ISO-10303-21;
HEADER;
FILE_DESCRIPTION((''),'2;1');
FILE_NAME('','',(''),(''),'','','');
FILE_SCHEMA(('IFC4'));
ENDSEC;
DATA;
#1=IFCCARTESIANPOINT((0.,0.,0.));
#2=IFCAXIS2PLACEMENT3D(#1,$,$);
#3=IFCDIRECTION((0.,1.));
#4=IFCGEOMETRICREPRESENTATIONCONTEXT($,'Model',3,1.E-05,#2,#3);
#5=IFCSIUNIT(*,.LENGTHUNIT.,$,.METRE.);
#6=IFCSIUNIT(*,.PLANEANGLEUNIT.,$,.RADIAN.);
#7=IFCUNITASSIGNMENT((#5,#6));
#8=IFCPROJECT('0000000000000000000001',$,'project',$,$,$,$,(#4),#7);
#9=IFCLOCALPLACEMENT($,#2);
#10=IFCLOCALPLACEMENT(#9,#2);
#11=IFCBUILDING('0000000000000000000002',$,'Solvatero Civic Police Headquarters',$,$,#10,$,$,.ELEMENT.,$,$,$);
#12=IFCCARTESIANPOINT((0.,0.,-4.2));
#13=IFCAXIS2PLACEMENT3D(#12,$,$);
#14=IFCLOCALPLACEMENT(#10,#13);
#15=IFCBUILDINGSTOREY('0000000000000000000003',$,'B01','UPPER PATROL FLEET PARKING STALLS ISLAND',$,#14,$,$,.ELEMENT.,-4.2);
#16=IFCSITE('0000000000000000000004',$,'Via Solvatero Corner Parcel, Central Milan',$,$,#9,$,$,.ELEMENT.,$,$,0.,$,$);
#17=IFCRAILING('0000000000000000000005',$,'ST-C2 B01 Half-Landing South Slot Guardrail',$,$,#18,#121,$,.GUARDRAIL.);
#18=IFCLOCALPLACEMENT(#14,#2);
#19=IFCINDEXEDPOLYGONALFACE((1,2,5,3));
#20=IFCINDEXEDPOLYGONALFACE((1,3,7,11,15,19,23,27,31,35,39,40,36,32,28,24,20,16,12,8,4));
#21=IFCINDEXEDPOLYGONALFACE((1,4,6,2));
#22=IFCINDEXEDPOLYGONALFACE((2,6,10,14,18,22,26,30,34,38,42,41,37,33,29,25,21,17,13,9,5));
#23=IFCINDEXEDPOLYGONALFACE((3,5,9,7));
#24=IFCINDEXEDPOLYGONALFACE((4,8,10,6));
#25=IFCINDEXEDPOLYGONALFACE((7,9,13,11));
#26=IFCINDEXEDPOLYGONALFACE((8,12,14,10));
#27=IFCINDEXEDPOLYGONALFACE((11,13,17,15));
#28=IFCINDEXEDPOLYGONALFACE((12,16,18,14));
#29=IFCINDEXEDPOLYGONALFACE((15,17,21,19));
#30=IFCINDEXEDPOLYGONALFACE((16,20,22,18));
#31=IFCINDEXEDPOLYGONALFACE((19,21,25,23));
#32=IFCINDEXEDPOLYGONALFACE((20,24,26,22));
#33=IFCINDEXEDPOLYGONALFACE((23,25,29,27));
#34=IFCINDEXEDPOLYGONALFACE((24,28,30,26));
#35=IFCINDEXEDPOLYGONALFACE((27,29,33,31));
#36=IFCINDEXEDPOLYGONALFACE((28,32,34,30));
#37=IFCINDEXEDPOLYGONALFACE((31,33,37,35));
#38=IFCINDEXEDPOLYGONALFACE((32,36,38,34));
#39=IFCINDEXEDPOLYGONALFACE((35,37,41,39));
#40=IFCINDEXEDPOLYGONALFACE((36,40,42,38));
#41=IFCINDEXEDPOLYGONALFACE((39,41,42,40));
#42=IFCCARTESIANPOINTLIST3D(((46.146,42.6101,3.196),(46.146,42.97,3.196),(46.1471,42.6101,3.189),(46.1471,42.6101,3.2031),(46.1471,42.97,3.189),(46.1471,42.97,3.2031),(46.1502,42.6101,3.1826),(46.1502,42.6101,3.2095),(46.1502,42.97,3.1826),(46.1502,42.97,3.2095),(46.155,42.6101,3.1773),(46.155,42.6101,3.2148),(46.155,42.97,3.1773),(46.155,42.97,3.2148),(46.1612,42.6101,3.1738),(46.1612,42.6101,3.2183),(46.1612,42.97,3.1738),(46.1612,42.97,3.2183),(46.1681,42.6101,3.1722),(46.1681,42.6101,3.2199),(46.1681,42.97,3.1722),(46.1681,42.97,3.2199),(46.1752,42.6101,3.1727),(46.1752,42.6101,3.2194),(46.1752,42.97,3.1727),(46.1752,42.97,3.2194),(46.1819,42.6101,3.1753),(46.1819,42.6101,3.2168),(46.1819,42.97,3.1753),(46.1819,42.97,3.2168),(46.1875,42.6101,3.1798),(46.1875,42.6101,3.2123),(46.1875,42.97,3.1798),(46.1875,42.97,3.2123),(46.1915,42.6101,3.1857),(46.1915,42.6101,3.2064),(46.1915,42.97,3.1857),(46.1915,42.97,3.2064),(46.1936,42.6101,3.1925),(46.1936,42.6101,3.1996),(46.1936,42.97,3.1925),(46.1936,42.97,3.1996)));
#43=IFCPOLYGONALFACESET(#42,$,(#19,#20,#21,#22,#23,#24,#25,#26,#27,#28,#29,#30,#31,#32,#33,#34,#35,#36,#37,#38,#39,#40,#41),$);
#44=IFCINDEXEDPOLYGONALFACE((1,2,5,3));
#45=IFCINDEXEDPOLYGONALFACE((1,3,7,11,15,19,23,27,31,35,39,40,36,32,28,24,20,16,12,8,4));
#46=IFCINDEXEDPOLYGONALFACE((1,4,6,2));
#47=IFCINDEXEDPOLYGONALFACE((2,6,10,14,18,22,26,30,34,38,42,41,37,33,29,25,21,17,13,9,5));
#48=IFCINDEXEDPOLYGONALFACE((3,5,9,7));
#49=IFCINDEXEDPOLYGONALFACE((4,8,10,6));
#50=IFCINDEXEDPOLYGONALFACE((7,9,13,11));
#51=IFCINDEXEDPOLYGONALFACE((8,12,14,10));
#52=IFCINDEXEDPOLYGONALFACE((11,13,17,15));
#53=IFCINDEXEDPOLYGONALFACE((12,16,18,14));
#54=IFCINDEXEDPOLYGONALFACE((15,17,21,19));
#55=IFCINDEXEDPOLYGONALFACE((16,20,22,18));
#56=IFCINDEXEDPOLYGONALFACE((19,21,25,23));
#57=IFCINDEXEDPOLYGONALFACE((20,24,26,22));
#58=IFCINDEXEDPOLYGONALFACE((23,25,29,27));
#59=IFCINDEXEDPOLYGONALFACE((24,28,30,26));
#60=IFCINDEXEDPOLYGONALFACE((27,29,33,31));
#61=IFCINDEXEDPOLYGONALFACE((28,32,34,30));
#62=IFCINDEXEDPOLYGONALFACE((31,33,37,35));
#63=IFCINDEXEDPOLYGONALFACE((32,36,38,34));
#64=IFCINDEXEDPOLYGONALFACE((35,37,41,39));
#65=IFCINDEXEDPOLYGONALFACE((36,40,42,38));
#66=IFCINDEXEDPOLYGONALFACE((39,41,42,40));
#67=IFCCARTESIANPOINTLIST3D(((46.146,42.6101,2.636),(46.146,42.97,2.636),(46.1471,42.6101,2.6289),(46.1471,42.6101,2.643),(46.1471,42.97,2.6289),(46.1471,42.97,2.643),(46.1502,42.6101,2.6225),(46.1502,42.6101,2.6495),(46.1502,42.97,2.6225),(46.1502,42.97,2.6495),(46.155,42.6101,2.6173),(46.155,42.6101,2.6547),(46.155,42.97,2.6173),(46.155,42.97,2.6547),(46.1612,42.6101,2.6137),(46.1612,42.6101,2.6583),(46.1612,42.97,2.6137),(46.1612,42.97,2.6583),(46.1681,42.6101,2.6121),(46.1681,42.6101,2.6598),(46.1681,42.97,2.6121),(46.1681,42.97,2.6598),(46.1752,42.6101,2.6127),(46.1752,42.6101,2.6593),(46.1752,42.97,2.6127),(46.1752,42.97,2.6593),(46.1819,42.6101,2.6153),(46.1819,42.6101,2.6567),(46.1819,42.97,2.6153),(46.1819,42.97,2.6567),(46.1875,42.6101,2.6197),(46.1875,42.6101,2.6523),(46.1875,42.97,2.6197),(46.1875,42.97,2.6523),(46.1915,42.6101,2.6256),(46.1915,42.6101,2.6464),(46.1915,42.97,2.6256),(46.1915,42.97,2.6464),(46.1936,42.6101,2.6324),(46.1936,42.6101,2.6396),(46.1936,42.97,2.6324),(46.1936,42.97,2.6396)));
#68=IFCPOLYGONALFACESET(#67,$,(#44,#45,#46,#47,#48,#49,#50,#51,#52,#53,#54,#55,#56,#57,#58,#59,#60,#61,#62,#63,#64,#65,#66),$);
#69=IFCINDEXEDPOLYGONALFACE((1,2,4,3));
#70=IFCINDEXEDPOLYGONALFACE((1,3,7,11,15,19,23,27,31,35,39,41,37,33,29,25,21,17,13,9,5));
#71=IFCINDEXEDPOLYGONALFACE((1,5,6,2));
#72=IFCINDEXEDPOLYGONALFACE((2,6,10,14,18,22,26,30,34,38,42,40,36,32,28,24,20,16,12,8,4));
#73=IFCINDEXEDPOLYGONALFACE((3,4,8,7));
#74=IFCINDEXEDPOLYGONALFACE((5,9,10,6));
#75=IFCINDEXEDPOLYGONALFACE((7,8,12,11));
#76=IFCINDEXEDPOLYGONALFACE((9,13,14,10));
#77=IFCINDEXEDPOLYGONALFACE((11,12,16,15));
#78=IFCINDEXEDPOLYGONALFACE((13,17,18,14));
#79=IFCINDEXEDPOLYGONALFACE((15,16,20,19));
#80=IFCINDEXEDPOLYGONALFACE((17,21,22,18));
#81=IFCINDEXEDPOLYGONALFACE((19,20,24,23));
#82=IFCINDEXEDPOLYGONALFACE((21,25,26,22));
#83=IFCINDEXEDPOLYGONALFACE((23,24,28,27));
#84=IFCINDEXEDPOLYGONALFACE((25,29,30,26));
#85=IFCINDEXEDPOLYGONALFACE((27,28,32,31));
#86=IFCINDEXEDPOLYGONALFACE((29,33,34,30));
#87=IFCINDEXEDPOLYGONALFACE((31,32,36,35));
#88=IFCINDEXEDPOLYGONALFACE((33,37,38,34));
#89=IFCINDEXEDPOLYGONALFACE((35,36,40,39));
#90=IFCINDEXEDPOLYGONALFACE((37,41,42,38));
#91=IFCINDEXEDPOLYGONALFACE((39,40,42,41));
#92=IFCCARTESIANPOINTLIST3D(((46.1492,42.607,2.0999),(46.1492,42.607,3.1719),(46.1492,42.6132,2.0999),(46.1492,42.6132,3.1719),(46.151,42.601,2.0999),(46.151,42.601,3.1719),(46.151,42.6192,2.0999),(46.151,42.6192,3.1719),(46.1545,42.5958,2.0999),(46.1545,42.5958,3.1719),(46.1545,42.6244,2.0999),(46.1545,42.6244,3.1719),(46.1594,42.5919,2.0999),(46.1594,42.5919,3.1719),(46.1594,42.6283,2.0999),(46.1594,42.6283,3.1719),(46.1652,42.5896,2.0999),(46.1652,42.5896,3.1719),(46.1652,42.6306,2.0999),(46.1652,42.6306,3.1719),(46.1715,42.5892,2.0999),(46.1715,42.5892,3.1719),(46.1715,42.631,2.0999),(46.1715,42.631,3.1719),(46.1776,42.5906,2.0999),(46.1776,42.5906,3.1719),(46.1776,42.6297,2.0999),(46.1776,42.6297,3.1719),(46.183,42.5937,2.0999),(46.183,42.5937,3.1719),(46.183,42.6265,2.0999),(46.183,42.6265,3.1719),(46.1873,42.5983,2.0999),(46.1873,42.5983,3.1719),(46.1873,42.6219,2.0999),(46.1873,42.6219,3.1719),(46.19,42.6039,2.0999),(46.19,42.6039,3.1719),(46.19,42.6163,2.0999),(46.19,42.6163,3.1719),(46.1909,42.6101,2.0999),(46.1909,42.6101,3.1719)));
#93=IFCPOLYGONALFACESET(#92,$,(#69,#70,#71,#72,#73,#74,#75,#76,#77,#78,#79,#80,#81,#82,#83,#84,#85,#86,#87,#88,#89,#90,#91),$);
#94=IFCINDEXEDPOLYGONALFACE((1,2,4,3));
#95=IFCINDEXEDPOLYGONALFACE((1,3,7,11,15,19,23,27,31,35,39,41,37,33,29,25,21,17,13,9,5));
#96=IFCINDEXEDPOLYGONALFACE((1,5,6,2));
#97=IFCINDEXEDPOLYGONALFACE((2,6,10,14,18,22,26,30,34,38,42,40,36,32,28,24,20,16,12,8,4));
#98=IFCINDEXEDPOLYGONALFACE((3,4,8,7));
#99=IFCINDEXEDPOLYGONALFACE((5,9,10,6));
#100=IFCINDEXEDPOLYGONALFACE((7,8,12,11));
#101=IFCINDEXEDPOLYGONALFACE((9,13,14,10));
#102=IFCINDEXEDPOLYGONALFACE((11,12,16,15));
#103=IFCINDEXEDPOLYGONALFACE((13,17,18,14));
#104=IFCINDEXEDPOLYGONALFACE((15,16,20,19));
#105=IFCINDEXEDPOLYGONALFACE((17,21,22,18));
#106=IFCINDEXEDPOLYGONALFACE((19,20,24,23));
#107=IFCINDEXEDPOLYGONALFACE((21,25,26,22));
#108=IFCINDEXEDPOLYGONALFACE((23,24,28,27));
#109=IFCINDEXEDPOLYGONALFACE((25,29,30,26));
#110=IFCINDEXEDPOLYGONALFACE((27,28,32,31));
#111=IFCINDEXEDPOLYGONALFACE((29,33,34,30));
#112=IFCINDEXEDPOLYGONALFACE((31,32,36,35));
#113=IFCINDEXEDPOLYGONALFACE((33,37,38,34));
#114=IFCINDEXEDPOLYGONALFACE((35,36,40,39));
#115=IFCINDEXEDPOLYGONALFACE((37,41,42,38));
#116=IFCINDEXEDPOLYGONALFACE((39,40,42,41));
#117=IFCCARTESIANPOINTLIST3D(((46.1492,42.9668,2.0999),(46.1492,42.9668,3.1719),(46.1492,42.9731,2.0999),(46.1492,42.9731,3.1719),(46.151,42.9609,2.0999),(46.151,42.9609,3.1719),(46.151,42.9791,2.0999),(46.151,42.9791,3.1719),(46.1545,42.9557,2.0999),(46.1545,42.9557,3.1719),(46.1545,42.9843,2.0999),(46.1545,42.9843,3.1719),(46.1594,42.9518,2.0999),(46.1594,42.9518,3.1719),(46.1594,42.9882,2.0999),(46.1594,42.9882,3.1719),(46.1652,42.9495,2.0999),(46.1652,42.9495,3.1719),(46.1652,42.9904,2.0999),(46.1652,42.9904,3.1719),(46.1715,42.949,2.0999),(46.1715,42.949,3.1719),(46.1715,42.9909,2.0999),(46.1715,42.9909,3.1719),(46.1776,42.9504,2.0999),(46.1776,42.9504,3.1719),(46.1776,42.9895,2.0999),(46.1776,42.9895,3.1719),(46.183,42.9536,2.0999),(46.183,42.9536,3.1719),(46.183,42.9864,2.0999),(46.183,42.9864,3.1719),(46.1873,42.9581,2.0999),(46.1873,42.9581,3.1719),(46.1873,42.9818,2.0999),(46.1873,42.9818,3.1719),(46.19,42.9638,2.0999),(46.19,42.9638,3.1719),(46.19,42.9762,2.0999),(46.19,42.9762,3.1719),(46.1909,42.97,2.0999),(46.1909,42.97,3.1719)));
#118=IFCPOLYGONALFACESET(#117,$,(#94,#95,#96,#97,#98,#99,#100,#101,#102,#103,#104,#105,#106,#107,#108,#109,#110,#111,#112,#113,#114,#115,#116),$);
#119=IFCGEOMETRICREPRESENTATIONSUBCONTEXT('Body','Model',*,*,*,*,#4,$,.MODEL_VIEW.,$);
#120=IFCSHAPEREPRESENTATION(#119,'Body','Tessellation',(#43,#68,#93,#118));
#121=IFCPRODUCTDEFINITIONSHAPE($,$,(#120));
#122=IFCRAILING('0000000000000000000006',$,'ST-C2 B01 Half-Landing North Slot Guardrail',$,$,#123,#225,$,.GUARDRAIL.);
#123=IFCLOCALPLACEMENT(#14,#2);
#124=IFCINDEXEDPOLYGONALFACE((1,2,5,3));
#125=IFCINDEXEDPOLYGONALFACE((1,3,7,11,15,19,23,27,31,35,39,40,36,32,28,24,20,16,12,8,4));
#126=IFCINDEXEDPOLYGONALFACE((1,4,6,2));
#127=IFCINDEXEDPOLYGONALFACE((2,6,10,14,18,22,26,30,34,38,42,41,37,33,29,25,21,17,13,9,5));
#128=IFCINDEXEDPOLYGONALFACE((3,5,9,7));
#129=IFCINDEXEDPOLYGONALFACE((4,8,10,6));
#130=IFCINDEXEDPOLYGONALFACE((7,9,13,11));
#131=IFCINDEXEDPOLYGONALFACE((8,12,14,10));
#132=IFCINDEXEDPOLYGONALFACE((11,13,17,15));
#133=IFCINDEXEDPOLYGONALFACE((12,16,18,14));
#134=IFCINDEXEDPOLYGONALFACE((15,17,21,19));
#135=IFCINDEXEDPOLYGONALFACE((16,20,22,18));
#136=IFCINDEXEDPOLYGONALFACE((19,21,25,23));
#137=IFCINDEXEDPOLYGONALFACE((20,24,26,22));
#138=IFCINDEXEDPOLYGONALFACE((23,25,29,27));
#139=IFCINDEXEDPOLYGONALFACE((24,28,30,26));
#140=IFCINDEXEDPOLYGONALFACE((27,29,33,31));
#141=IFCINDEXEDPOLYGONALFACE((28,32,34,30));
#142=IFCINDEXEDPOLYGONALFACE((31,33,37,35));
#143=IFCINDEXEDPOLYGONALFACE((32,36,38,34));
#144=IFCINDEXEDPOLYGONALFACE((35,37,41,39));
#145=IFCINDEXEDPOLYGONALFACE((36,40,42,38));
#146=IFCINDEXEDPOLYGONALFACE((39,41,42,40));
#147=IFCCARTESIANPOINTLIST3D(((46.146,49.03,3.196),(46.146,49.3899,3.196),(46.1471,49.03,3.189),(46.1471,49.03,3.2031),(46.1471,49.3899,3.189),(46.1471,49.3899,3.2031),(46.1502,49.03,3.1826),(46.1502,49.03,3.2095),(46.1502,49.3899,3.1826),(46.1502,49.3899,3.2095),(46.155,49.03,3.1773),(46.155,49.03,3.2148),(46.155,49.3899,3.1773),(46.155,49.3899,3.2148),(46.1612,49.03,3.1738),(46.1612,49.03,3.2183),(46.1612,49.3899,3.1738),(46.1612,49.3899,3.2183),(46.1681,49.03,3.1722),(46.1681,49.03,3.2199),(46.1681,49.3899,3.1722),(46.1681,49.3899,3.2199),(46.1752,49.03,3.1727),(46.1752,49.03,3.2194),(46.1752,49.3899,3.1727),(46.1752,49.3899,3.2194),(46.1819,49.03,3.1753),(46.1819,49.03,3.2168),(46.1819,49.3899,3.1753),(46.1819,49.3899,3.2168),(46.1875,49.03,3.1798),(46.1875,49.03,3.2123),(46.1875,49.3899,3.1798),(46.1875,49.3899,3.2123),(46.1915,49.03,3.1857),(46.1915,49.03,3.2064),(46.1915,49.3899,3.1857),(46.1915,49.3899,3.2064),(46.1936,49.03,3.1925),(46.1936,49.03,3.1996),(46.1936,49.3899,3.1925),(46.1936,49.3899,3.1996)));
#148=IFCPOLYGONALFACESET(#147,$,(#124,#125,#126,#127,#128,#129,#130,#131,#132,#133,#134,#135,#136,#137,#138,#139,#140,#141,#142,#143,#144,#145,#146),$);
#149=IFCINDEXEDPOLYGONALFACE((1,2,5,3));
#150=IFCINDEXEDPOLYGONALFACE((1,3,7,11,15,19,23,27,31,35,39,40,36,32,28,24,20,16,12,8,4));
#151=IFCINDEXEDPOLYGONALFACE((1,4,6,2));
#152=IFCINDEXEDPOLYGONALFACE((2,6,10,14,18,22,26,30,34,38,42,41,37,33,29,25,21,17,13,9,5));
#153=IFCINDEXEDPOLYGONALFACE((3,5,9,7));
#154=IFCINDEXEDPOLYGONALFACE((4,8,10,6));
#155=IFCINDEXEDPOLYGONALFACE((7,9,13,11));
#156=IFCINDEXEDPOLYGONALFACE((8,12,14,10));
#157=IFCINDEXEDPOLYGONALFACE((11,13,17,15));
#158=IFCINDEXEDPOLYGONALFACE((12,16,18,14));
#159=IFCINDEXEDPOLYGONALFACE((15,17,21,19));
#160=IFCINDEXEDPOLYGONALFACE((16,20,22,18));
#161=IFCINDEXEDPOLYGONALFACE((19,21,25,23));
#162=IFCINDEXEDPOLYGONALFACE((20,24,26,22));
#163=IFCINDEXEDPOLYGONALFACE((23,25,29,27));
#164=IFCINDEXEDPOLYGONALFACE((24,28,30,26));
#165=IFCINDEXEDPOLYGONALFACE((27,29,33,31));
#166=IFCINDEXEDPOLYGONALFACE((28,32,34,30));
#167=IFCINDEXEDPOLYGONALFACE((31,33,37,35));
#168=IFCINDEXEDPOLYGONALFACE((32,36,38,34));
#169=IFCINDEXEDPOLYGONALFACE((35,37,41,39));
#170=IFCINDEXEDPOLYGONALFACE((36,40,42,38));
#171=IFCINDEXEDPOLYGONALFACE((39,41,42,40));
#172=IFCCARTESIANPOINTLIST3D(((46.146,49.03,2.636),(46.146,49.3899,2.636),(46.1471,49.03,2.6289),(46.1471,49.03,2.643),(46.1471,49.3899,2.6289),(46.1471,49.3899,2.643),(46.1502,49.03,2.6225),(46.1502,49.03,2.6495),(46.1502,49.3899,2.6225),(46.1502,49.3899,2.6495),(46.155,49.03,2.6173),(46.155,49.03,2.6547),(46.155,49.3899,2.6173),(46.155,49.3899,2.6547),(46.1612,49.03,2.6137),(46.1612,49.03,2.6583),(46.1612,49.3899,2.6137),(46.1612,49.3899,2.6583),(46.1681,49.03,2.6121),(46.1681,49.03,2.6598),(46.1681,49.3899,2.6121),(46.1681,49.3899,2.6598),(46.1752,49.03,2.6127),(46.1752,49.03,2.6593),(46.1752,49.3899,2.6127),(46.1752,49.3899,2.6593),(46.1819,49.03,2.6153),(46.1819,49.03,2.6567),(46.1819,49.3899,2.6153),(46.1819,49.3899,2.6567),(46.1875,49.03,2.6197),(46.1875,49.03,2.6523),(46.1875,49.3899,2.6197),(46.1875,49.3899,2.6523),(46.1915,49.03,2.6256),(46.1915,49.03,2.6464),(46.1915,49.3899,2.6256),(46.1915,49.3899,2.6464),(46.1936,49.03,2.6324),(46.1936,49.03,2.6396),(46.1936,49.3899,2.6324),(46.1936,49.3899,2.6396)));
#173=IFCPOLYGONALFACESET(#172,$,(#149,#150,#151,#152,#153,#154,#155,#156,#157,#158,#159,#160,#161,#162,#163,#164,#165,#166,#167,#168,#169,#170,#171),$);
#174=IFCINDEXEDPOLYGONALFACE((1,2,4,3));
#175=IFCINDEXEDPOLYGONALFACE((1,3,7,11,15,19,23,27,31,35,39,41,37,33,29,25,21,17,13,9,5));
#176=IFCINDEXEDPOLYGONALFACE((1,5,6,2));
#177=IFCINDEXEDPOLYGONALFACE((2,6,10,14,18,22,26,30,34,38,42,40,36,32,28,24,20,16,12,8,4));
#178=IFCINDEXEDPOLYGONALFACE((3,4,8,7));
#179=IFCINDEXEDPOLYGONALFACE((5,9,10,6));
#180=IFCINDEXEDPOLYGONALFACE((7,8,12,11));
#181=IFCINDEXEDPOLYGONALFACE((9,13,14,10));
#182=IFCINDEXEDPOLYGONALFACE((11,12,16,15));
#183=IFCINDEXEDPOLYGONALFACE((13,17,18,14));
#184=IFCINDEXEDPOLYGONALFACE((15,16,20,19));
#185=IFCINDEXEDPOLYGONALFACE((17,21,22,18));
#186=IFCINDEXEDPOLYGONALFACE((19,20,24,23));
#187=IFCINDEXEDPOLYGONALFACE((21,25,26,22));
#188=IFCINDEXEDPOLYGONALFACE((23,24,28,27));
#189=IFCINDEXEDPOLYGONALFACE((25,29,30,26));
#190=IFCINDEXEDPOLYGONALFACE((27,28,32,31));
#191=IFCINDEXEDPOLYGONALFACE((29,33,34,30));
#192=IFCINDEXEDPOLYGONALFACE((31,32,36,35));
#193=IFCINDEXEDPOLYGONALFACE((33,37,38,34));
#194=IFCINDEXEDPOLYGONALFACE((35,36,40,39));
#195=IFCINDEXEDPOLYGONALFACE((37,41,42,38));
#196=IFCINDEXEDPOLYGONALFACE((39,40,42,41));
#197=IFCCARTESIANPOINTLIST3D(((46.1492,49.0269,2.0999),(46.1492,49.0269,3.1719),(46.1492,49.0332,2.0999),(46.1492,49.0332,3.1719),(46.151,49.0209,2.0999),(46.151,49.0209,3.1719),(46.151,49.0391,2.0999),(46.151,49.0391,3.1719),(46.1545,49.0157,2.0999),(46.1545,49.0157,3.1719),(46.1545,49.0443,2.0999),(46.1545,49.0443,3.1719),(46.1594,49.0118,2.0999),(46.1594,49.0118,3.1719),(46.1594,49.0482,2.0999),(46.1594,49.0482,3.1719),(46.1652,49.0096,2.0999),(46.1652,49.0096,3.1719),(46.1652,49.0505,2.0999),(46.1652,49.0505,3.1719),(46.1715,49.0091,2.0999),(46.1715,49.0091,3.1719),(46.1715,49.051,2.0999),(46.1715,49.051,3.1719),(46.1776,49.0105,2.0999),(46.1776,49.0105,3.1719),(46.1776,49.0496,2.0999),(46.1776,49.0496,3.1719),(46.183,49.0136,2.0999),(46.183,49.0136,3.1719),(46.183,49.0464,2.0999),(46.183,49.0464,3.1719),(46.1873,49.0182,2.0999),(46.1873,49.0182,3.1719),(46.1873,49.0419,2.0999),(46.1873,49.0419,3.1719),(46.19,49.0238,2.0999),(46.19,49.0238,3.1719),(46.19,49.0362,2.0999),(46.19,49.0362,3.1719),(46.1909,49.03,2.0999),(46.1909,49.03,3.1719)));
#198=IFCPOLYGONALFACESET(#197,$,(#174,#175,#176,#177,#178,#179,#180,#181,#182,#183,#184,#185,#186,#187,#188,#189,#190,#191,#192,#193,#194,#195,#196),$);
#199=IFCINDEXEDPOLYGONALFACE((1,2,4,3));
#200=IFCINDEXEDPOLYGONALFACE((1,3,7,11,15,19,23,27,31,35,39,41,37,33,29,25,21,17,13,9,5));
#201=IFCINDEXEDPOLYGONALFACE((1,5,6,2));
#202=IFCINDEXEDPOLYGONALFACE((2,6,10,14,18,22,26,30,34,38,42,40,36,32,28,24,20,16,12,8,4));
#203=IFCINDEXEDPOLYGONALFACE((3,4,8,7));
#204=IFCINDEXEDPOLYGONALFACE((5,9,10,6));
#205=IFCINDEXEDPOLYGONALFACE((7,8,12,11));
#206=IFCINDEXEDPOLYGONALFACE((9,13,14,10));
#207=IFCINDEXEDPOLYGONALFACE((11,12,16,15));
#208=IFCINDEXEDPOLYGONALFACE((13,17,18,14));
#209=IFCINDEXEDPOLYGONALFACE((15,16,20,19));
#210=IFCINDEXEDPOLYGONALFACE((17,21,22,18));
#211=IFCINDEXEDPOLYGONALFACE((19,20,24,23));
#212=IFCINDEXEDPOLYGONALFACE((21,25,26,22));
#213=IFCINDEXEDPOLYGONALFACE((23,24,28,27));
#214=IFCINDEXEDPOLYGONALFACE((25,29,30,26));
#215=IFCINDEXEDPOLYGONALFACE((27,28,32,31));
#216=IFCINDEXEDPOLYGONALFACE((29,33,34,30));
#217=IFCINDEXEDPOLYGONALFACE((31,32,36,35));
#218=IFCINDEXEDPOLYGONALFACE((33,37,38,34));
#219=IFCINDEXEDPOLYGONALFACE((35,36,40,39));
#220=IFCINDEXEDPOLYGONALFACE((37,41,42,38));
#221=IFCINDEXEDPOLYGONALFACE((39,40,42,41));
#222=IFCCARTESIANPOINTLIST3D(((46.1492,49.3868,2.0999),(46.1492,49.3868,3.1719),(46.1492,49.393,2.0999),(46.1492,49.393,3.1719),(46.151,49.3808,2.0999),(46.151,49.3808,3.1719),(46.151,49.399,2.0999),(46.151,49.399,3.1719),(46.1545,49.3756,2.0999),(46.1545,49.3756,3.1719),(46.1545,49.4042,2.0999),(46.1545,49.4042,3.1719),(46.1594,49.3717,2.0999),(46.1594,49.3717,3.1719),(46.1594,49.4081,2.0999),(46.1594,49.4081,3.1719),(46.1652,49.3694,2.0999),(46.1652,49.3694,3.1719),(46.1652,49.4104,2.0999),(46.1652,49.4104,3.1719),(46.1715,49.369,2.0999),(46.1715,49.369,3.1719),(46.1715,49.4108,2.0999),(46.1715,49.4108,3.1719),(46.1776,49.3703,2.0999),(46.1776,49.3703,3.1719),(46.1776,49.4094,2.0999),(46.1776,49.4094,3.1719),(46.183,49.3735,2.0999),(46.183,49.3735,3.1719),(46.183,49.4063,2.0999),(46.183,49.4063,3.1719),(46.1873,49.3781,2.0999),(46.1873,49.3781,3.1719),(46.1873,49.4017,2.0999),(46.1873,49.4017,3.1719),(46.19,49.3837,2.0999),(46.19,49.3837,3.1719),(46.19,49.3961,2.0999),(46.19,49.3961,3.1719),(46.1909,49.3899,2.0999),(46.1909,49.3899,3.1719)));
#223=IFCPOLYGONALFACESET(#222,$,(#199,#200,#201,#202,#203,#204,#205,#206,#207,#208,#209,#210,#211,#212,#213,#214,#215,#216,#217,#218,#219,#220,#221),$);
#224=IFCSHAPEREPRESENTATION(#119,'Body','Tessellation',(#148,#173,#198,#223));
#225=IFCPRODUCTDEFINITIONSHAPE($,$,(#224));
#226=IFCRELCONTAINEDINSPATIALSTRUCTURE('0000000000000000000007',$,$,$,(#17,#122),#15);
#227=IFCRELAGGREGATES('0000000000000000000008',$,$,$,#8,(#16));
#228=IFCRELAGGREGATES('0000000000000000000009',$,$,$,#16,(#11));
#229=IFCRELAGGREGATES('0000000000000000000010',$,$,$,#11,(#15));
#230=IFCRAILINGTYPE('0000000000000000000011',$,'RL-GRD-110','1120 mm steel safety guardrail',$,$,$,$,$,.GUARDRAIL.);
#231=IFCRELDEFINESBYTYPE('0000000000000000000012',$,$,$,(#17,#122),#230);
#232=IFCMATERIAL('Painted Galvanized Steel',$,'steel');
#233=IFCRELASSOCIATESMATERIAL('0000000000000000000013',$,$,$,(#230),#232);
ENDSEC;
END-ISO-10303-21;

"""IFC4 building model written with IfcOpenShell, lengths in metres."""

from ifc_helpers import new_model, si_unit, direction, frame, origin, origin_2d, place, context, subcontext, project, spatial, circle, extrude, material, type_object, element, save


model = new_model("IFC4")

# Units and contexts
model_context = context("Model", 3, precision=1e-05, world=origin(), true_north=direction((0.0, 1.0)))
body_context = subcontext(model_context, "Body", "Model", "MODEL_VIEW")
ifc_project = project(units=[si_unit("LENGTHUNIT", "METRE"), si_unit("PLANEANGLEUNIT", "RADIAN")], contexts=[model_context])

# Site, building, storey
site_placement = place(None, origin())
site = spatial("IfcSite", under=ifc_project, at=site_placement, Name="Via Solvatero Corner Parcel, Central Milan", CompositionType="ELEMENT", RefElevation=0.0)
building_placement = place(site_placement, origin())
building = spatial("IfcBuilding", under=site, at=building_placement, Name="Solvatero Civic Police Headquarters", CompositionType="ELEMENT")
storey_placement = place(building_placement, frame((0.0, 0.0, -4.2)))
storey = spatial("IfcBuildingStorey", under=building, at=storey_placement, Name="B01", Description="UPPER PATROL FLEET PARKING STALLS ISLAND", CompositionType="ELEMENT", Elevation=-4.2)

# Railings
ifc_material_1 = material(Name="Painted Galvanized Steel", Category="steel")
railing_type_1 = type_object("IfcRailingType", Name="RL-GRD-110", Description="1120 mm steel safety guardrail", PredefinedType="GUARDRAIL", material=ifc_material_1)
for number, where, name in (
    (1, (46.1699, 42.6101, 2.0999), "ST-C2 B01 Half-Landing South Slot Guardrail"),
    (2, (46.1699, 49.03, 2.0999), "ST-C2 B01 Half-Landing North Slot Guardrail"),
):
    element("IfcRailing", number, at=place(storey_placement, frame(where)), inside=storey, type_object=railing_type_1, Name=name, PredefinedType="GUARDRAIL", context=body_context, shape_type="SweptSolid", body=[
        extrude(circle(Radius=0.0239, at=origin_2d()), frame((0.0, 0.0, 1.0962), z_axis=(0.0, 1.0, 0.0), x_axis=(-1.0, 0.0, 0.0)), (0.0, 0.0, 1.0), 0.3599),
        extrude(circle(Radius=0.0239, at=origin_2d()), frame((0.0, 0.0, 0.5361), z_axis=(0.0, 1.0, 0.0), x_axis=(-1.0, 0.0, 0.0)), (0.0, 0.0, 1.0), 0.3599),
        extrude(circle(Radius=0.021, at=origin_2d()), origin(), (0.0, 0.0, 1.0), 1.072),
        extrude(circle(Radius=0.021, at=origin_2d()), frame((0.0, 0.3599, 0.0)), (0.0, 0.0, 1.0), 1.072),
    ])

save(model, "model.ifc")
